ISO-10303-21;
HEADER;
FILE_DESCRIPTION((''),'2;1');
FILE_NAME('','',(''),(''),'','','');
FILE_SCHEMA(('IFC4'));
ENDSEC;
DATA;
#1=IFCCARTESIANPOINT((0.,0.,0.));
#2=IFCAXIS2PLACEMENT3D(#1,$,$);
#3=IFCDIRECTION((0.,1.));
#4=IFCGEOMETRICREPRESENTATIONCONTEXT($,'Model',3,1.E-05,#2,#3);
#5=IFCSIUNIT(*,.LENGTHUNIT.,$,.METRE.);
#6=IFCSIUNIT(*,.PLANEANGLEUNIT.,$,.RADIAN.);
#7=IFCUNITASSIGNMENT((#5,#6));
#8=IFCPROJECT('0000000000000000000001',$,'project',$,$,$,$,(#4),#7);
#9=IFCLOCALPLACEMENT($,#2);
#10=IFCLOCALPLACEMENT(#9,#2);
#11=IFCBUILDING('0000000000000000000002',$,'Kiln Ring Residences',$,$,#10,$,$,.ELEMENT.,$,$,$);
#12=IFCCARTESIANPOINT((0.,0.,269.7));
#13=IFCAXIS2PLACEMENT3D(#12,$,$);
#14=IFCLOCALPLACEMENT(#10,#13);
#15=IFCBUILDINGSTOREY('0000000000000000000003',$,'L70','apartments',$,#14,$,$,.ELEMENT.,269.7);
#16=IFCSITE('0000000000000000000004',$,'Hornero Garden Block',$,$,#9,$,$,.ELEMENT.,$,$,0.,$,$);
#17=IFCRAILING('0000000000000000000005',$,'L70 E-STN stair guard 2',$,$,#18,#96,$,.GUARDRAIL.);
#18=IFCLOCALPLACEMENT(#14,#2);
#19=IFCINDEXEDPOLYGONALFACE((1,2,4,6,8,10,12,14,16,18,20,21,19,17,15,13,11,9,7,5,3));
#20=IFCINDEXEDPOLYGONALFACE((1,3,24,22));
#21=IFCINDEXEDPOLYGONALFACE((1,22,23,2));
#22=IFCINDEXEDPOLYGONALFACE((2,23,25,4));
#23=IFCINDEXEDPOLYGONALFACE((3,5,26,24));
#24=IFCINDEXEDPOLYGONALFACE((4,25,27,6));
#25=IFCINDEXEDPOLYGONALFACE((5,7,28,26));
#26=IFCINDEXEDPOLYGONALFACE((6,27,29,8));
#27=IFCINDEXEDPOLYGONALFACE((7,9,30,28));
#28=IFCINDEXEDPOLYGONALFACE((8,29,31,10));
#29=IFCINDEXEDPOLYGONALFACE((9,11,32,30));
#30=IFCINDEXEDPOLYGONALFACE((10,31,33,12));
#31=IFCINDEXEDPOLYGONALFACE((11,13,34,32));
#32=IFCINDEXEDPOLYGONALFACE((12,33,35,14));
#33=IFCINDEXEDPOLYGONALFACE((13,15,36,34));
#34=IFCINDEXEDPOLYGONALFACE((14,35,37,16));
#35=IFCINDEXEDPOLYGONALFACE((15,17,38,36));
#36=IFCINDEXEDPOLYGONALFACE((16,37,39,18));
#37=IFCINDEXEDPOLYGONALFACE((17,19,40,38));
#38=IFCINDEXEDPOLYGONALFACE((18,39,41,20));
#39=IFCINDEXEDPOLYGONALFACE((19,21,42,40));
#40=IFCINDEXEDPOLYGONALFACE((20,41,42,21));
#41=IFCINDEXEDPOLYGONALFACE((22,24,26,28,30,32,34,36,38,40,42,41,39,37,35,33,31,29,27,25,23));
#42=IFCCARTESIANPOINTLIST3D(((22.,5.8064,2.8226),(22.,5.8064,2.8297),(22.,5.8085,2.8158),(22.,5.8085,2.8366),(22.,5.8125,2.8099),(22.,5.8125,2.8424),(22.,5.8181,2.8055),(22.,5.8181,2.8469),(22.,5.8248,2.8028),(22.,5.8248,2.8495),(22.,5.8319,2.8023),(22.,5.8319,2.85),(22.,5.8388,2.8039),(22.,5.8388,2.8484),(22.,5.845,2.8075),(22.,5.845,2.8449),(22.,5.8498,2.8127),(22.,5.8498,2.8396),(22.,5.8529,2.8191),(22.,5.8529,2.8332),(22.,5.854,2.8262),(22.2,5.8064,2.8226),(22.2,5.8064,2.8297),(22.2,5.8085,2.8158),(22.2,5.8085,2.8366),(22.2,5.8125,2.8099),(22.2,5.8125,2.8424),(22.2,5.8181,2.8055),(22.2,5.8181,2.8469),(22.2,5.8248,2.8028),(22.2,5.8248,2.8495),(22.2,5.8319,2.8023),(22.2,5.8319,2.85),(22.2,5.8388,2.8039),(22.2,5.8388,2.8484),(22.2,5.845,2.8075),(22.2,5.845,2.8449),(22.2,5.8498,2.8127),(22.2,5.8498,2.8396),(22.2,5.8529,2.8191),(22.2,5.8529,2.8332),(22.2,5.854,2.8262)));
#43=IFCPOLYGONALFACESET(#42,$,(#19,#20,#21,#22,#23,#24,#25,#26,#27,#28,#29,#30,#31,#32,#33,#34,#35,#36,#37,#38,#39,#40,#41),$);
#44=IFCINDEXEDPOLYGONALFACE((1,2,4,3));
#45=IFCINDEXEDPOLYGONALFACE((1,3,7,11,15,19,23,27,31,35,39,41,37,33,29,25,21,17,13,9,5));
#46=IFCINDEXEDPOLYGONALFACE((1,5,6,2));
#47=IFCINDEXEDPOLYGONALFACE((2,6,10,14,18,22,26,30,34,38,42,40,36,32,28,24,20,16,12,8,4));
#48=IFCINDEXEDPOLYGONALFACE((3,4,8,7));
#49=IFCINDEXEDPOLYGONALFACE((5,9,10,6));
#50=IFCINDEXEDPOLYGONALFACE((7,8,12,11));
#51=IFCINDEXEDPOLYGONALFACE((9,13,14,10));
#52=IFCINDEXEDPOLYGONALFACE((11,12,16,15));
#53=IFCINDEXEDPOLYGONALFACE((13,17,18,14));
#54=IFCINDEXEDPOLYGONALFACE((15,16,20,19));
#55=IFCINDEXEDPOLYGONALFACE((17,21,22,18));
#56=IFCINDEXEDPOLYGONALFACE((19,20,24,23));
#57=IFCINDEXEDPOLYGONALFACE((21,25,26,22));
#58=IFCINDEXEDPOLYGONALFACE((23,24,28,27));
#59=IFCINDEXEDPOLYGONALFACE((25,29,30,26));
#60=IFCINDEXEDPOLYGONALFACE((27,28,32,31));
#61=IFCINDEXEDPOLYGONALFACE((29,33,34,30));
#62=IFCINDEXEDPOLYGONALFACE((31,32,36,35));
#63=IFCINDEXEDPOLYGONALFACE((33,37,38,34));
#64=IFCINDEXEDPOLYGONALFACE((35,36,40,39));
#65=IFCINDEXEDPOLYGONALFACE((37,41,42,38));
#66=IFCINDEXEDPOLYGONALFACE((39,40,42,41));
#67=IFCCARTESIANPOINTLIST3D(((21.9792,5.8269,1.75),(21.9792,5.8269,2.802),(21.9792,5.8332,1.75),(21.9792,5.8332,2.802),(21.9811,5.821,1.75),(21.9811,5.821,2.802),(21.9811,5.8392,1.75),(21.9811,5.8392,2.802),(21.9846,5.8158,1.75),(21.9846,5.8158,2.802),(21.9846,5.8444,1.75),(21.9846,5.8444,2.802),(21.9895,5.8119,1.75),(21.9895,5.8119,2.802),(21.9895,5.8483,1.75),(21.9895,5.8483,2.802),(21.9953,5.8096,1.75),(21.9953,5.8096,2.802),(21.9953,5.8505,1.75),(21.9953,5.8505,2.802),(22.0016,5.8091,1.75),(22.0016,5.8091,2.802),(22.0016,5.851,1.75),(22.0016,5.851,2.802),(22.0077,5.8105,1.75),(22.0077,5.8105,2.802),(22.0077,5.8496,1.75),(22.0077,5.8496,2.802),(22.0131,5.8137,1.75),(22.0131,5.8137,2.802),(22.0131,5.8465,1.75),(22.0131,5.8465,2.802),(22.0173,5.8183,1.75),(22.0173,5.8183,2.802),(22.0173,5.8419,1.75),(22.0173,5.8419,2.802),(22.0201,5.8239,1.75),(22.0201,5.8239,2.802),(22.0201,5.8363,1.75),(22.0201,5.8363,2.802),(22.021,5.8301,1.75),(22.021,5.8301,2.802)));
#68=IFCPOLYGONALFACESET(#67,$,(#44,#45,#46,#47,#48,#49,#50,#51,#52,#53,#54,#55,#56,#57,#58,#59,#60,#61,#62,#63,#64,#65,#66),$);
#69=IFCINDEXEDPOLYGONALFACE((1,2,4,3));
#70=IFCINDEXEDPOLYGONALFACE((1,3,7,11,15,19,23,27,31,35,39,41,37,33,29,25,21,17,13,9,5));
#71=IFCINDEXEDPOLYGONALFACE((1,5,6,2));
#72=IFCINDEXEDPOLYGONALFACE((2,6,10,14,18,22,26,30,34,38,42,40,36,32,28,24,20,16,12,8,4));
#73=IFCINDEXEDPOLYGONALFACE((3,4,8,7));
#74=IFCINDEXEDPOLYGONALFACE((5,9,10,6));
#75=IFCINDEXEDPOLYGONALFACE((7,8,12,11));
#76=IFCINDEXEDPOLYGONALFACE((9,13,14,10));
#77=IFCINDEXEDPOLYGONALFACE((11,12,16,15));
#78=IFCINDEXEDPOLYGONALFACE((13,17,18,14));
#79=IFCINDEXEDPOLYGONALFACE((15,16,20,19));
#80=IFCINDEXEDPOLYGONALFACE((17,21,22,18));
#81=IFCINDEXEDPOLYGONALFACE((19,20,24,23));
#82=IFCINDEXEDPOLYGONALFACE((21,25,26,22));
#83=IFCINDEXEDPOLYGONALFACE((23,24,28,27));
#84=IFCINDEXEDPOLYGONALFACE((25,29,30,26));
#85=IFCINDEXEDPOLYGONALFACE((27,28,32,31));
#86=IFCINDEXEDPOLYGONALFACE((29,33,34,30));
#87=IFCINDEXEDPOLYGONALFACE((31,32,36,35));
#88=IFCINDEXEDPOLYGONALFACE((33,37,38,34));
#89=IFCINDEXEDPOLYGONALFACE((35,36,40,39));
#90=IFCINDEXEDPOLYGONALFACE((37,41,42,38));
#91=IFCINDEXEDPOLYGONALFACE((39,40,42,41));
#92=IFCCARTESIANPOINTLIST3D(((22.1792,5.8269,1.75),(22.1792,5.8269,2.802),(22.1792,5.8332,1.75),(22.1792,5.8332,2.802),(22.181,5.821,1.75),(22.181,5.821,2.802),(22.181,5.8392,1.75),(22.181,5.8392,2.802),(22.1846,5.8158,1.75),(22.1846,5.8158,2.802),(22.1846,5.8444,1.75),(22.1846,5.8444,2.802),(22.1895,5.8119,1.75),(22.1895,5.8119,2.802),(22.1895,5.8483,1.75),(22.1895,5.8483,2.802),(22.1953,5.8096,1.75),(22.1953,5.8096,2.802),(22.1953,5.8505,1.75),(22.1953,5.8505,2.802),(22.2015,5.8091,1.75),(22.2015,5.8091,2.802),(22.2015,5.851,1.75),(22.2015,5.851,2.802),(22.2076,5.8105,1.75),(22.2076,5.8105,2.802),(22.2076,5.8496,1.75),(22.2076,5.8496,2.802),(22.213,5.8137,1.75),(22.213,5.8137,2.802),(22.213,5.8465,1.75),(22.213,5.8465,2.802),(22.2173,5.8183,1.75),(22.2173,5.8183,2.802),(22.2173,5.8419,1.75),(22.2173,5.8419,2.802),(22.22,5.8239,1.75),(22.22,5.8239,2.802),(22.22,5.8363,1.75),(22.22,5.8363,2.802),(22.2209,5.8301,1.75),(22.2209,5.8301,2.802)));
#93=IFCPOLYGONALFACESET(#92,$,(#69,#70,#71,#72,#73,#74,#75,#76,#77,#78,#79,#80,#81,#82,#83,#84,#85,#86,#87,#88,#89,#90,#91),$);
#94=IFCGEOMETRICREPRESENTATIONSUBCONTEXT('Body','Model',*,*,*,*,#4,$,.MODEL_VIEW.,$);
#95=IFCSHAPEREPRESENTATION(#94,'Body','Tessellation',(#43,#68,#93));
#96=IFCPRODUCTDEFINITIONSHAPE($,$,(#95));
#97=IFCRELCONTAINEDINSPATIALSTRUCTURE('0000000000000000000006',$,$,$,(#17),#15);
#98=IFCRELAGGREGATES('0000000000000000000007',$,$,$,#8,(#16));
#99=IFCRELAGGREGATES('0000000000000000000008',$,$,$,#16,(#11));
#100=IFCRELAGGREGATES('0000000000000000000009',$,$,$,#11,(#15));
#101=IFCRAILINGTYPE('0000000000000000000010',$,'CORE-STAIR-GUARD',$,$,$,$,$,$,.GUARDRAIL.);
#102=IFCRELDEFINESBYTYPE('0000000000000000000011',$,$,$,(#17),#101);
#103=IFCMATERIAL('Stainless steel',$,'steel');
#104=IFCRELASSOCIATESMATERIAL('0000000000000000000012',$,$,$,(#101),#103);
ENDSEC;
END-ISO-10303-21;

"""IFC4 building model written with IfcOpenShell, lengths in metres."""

from ifc_helpers import new_model, si_unit, direction, frame, origin, origin_2d, place, context, subcontext, project, spatial, circle, extrude, material, type_object, element, save


model = new_model("IFC4")

# Units and contexts
model_context = context("Model", 3, precision=1e-05, world=origin(), true_north=direction((0.0, 1.0)))
body_context = subcontext(model_context, "Body", "Model", "MODEL_VIEW")
ifc_project = project(units=[si_unit("LENGTHUNIT", "METRE"), si_unit("PLANEANGLEUNIT", "RADIAN")], contexts=[model_context])

# Site, building, storey
site_placement = place(None, origin())
site = spatial("IfcSite", under=ifc_project, at=site_placement, Name="Hornero Garden Block", CompositionType="ELEMENT", RefElevation=0.0)
building_placement = place(site_placement, origin())
building = spatial("IfcBuilding", under=site, at=building_placement, Name="Kiln Ring Residences", CompositionType="ELEMENT")
storey_placement = place(building_placement, frame((0.0, 0.0, 269.7)))
storey = spatial("IfcBuildingStorey", under=building, at=storey_placement, Name="L70", Description="apartments", CompositionType="ELEMENT", Elevation=269.7)

# Railing
ifc_material_1 = material(Name="Stainless steel", Category="steel")
railing_type_1 = type_object("IfcRailingType", Name="CORE-STAIR-GUARD", PredefinedType="GUARDRAIL", material=ifc_material_1)
railing_1_placement = place(storey_placement, frame((22.0, 5.8301, 1.75)))
element("IfcRailing", 1, at=railing_1_placement, inside=storey, type_object=railing_type_1, Name="L70 E-STN stair guard 2", PredefinedType="GUARDRAIL", context=body_context, shape_type="SweptSolid", body=[
    extrude(circle(Radius=0.0239, at=origin_2d()), frame((0.0, 0.0, 1.0762), z_axis=(1.0, 0.0, 0.0), x_axis=(0.0, 1.0, 0.0)), (0.0, 0.0, 1.0), 0.2),
    extrude(circle(Radius=0.021, at=origin_2d()), origin(), (0.0, 0.0, 1.0), 1.052),
    extrude(circle(Radius=0.021, at=origin_2d()), frame((0.2, 0.0, 0.0)), (0.0, 0.0, 1.0), 1.052),
])

save(model, "model.ifc")
